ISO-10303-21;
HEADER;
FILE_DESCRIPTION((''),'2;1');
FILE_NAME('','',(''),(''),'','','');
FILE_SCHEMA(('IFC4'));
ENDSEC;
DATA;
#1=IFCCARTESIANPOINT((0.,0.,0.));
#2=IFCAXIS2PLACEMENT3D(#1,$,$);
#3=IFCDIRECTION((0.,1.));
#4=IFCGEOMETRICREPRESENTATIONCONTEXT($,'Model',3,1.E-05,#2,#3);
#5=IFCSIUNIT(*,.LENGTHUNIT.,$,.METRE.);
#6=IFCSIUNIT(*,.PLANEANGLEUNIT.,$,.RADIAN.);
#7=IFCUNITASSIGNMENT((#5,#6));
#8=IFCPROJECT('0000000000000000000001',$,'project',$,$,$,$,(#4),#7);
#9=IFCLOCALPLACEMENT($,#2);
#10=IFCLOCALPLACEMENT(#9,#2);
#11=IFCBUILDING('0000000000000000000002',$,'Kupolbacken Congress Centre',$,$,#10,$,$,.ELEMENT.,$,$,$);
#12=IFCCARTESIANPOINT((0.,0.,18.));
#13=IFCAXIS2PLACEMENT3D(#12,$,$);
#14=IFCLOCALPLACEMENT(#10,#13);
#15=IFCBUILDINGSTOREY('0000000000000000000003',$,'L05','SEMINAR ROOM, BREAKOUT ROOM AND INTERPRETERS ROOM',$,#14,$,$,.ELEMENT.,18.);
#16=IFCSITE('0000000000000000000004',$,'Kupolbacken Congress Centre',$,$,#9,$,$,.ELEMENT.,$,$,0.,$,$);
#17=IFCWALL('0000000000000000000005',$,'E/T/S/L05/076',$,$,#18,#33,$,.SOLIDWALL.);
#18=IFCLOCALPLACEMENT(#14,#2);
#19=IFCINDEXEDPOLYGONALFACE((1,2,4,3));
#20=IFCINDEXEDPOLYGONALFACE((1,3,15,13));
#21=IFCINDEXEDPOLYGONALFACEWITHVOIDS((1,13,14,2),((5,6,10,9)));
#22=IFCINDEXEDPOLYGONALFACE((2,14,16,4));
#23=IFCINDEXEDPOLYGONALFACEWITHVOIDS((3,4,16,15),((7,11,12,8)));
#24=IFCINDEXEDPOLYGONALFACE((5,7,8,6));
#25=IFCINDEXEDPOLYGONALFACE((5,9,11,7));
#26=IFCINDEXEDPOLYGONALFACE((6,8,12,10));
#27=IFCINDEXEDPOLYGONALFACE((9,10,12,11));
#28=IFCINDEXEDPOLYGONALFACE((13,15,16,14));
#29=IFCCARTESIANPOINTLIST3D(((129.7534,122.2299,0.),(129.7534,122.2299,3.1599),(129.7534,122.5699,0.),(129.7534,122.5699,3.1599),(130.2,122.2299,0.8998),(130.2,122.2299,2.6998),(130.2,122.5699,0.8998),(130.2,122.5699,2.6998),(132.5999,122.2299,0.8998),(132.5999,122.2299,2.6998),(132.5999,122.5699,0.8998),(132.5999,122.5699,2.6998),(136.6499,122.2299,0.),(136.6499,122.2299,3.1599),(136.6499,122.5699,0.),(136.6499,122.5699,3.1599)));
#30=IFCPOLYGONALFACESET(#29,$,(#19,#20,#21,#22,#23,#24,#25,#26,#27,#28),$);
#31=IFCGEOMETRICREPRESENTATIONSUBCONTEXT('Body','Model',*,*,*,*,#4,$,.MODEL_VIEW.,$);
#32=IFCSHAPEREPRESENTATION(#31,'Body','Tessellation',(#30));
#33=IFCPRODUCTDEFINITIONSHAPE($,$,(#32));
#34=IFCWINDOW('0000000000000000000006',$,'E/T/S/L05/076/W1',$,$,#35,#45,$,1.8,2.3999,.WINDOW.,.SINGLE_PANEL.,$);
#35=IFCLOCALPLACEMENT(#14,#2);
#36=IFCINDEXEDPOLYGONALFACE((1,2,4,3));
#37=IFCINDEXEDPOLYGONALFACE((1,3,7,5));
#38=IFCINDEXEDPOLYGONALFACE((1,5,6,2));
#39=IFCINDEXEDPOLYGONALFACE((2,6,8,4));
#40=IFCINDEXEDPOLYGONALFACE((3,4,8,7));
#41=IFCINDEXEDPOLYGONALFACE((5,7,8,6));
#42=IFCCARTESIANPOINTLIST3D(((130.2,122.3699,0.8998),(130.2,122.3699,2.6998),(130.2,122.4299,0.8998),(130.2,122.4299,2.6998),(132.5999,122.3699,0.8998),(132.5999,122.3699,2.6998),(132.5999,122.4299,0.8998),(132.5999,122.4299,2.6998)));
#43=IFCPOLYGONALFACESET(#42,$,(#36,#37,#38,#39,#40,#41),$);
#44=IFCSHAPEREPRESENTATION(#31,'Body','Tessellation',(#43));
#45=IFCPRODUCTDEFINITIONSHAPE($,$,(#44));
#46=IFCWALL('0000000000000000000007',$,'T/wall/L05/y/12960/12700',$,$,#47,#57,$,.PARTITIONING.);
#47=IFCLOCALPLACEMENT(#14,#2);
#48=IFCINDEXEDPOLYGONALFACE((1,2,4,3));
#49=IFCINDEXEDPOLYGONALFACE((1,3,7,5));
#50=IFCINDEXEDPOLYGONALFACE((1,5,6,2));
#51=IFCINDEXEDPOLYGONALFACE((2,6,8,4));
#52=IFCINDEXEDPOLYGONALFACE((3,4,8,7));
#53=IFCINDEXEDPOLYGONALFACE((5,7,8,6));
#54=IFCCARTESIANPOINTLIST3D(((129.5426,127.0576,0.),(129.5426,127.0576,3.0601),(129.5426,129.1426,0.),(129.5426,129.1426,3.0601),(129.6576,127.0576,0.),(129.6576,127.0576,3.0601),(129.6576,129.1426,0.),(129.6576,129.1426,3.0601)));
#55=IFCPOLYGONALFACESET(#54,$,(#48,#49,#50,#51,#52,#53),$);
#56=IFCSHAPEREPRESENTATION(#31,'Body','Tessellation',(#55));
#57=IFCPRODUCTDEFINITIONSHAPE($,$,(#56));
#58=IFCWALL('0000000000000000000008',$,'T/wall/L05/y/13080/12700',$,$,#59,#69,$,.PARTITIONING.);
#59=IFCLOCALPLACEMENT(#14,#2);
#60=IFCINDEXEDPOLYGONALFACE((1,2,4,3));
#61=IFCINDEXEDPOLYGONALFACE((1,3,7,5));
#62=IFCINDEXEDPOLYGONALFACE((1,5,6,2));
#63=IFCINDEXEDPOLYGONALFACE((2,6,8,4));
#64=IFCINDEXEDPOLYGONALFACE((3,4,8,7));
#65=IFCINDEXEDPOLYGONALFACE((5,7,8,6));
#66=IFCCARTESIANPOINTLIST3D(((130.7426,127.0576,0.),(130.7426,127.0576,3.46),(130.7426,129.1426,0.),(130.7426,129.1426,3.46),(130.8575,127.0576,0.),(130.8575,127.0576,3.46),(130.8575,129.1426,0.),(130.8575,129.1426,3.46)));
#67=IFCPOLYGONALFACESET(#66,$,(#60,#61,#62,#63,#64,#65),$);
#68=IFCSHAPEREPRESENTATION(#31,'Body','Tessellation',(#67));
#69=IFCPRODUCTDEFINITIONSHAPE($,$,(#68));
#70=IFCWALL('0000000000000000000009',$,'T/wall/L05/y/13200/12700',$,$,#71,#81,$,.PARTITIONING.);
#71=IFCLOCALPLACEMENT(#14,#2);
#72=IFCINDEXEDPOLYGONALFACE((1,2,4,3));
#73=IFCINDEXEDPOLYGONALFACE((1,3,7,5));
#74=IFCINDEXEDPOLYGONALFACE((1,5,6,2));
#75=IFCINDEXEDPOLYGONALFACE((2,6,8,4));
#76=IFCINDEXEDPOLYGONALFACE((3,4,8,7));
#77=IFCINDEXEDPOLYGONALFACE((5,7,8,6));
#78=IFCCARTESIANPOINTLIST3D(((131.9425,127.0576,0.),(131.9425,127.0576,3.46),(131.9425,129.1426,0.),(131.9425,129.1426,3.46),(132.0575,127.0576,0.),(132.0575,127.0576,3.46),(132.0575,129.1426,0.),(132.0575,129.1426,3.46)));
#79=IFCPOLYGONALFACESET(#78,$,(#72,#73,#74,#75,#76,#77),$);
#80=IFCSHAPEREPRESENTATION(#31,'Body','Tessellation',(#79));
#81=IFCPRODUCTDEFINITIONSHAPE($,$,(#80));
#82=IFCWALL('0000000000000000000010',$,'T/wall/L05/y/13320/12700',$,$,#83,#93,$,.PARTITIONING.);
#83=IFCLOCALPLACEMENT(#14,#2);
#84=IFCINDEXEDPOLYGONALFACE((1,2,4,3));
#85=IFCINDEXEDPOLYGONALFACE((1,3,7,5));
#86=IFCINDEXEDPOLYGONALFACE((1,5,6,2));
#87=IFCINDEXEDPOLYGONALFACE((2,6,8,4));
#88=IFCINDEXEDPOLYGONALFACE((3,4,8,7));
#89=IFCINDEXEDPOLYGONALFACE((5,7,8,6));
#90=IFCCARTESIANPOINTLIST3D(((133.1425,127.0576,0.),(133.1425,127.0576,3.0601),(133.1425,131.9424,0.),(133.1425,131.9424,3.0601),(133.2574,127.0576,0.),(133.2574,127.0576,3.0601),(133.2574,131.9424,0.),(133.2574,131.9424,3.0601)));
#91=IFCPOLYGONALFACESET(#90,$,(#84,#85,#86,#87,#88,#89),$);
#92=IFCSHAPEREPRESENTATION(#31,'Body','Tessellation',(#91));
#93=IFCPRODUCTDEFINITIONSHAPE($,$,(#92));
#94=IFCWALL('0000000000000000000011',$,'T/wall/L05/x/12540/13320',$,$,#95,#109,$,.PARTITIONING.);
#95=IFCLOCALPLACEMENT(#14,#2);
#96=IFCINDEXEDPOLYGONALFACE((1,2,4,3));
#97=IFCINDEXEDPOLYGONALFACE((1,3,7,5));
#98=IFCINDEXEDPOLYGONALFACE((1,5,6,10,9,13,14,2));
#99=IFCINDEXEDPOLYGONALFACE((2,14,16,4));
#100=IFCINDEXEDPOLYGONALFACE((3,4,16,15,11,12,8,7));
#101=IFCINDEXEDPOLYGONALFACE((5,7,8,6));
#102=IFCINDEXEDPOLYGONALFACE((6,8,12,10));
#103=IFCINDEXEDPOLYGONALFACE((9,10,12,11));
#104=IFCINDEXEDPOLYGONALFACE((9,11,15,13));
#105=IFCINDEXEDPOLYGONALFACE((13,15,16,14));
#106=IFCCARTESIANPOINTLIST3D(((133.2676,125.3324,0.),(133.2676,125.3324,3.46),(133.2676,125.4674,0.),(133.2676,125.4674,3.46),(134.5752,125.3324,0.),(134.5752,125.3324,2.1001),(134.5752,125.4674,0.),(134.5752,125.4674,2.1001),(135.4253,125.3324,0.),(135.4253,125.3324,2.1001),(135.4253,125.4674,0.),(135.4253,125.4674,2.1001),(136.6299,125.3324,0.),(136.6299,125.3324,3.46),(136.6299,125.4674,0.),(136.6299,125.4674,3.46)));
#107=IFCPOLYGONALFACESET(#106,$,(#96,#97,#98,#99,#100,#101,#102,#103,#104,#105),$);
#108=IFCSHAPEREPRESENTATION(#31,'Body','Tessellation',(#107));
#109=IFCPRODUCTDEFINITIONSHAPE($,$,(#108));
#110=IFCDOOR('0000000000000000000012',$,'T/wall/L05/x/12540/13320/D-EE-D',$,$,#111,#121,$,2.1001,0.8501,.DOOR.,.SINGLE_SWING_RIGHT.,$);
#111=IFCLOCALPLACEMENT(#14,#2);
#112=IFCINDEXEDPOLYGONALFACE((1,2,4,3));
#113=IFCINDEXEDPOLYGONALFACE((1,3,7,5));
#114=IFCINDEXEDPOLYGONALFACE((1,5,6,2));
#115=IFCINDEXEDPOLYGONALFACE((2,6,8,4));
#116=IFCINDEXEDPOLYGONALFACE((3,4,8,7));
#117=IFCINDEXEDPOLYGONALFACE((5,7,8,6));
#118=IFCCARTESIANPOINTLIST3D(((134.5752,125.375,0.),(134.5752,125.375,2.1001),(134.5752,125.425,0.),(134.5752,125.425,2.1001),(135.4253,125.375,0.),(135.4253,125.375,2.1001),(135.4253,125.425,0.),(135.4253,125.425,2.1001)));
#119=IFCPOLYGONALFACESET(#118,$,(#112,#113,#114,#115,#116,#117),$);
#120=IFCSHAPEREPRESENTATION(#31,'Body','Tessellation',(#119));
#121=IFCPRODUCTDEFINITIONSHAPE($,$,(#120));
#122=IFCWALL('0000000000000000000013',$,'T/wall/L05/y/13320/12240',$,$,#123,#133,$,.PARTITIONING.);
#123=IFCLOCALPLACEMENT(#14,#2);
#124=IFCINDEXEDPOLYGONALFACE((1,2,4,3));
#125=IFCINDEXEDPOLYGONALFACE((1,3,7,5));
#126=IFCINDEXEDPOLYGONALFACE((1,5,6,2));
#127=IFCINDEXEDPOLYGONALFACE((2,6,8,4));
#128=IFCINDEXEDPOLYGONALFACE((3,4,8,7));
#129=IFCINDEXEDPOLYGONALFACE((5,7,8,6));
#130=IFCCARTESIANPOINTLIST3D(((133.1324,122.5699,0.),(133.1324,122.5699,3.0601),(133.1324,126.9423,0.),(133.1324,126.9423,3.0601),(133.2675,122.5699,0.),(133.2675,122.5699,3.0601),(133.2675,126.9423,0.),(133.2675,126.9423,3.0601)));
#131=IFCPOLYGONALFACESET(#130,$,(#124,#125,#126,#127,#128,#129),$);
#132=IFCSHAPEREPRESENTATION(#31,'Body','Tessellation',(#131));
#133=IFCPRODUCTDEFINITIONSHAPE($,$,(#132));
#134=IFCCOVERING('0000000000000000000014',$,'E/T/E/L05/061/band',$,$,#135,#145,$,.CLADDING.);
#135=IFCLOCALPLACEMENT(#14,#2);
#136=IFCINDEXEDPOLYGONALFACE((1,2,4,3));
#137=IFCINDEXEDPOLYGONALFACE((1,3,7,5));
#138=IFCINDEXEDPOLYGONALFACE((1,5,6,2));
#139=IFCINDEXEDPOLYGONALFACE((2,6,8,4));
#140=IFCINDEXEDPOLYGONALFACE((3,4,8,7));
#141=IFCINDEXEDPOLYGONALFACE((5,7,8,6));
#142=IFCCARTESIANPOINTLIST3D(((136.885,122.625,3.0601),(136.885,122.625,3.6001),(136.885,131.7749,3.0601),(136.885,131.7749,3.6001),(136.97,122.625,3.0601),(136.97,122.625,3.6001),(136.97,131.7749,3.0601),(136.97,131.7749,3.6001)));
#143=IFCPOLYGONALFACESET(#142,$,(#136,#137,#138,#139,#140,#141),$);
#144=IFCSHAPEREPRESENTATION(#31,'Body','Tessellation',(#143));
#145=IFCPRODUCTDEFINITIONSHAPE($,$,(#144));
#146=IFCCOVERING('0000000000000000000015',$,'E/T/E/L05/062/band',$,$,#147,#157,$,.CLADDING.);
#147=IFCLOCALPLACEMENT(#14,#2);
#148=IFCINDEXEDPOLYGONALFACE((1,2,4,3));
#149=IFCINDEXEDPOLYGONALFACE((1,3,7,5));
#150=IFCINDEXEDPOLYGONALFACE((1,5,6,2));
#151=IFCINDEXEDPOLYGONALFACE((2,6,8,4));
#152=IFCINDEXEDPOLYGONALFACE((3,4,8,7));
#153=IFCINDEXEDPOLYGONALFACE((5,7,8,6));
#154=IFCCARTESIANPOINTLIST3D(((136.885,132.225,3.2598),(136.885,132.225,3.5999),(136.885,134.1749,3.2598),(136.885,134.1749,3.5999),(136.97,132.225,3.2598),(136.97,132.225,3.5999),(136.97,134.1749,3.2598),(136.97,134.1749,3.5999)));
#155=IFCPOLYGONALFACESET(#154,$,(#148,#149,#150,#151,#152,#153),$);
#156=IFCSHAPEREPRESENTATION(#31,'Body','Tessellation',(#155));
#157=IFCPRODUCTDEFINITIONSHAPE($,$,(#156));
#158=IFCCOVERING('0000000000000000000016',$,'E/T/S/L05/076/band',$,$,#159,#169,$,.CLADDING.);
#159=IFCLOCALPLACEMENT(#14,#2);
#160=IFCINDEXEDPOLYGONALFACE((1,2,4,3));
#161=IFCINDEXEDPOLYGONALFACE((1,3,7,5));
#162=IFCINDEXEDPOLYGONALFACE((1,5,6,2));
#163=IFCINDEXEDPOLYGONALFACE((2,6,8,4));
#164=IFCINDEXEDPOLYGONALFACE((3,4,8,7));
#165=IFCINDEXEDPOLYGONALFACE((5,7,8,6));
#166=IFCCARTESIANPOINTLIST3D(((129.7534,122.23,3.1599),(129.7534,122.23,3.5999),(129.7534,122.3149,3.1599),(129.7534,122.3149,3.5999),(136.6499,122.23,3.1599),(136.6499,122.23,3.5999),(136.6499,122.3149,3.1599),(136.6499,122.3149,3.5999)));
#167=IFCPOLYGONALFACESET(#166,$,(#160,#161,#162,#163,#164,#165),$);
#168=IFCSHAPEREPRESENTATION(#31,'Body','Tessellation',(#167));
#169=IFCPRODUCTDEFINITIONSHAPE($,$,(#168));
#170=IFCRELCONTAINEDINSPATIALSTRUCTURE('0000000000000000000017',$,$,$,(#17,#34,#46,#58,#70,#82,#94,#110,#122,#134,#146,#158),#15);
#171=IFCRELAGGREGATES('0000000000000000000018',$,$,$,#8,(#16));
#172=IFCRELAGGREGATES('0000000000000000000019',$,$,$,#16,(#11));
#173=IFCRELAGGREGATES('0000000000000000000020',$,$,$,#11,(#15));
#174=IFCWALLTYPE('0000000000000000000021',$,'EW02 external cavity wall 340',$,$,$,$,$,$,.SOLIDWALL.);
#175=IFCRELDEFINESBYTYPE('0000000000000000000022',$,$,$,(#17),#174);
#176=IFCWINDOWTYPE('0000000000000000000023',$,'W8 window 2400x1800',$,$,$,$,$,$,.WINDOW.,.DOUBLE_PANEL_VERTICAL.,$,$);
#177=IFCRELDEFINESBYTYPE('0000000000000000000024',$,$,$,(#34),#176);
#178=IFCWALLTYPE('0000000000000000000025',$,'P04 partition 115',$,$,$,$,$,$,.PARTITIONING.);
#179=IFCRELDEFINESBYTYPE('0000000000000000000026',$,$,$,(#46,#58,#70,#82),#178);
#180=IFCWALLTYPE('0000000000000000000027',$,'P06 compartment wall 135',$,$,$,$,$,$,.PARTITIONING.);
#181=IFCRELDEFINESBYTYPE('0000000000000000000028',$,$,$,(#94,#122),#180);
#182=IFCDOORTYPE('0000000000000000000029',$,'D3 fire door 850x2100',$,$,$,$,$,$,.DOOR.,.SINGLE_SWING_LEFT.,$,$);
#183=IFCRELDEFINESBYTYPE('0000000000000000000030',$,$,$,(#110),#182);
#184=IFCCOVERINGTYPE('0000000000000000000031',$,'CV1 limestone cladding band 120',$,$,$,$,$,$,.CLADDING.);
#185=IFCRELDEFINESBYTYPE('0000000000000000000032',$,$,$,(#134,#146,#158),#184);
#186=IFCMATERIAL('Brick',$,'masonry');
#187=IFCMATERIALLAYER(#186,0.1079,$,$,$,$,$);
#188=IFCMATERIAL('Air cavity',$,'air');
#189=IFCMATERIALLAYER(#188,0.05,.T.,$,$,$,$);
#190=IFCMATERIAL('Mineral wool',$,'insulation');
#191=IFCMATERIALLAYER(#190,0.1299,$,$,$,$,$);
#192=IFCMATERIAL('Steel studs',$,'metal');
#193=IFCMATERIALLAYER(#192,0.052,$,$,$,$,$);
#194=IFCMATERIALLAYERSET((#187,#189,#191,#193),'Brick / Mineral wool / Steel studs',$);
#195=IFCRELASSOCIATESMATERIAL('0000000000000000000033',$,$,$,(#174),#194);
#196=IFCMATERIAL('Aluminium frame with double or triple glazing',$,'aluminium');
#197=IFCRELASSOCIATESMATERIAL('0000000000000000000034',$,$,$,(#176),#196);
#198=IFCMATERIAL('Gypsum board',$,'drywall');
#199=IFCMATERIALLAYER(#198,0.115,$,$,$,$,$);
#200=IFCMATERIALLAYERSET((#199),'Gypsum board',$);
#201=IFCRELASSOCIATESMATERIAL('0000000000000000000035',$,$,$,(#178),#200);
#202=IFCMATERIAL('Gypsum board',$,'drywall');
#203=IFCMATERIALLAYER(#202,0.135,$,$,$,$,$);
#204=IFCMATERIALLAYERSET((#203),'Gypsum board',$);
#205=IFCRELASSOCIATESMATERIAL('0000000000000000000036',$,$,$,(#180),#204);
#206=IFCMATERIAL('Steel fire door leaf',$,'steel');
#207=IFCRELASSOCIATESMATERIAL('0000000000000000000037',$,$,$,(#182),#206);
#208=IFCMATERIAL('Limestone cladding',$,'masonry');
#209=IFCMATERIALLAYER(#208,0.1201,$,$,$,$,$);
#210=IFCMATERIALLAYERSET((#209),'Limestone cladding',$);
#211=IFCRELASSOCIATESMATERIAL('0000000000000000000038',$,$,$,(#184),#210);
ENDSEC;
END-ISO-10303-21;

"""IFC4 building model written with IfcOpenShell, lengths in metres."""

from ifc_helpers import new_model, si_unit, direction, frame, frame_2d, origin, origin_2d, place, context, subcontext, project, spatial, rectangle, extrude, material, layer, layer_set, type_object, element, fill, save


model = new_model("IFC4")

# Units and contexts
model_context = context("Model", 3, precision=1e-05, world=origin(), true_north=direction((0.0, 1.0)))
body_context = subcontext(model_context, "Body", "Model", "MODEL_VIEW")
ifc_project = project(units=[si_unit("LENGTHUNIT", "METRE"), si_unit("PLANEANGLEUNIT", "RADIAN")], contexts=[model_context])

# Site, building, storey
site_placement = place(None, origin())
site = spatial("IfcSite", under=ifc_project, at=site_placement, Name="Kupolbacken Congress Centre", CompositionType="ELEMENT", RefElevation=0.0)
building_placement = place(site_placement, origin())
building = spatial("IfcBuilding", under=site, at=building_placement, Name="Kupolbacken Congress Centre", CompositionType="ELEMENT")
storey_placement = place(building_placement, frame((0.0, 0.0, 18.0)))
storey = spatial("IfcBuildingStorey", under=building, at=storey_placement, Name="L05", Description="SEMINAR ROOM, BREAKOUT ROOM AND INTERPRETERS ROOM", CompositionType="ELEMENT", Elevation=18.0)

# Shared definitions
ifc_material_1 = material(Name="Brick", Category="masonry")
ifc_layer_1 = layer(ifc_material_1, 0.1079)
ifc_material_2 = material(Name="Air cavity", Category="air")
ifc_layer_2 = layer(ifc_material_2, 0.05, ventilated=True)
ifc_material_3 = material(Name="Mineral wool", Category="insulation")
ifc_layer_3 = layer(ifc_material_3, 0.1299)
ifc_material_4 = material(Name="Steel studs", Category="metal")
ifc_layer_4 = layer(ifc_material_4, 0.052)
ifc_layer_set_1 = layer_set([ifc_layer_1, ifc_layer_2, ifc_layer_3, ifc_layer_4], Name="Brick / Mineral wool / Steel studs")
wall_type_1 = type_object("IfcWallType", Name="EW02 external cavity wall 340", PredefinedType="SOLIDWALL", material=ifc_layer_set_1)

# Wall, opening, window
wall_1_placement = place(storey_placement, frame((129.7534, 122.3999, 0.0), z_axis=(0.0, 0.0, 1.0), x_axis=(1.0, 0.0, 0.0)))
wall_1 = element("IfcWall", 1, at=wall_1_placement, inside=storey, type_object=wall_type_1, Name="E/T/S/L05/076", PredefinedType="SOLIDWALL", context=body_context, shape_type="SweptSolid", body=[
    extrude(rectangle(XDim=6.8965, YDim=0.3401, at=frame_2d((3.4482, 0.0))), origin(), (0.0, 0.0, 1.0), 3.1599),
])
opening_1_placement = place(wall_1_placement, frame((0.4465, 0.0, 0.8999)))
opening_1 = element("IfcOpeningElement", 2, at=opening_1_placement, cuts=wall_1, PredefinedType="OPENING", context=body_context, shape_type="SweptSolid", body=[
    extrude(rectangle(XDim=2.3999, YDim=1.8, at=frame_2d((1.2, 0.8999))), frame((0.0, 0.1799, 0.0), z_axis=(0.0, -1.0, 0.0), x_axis=(1.0, 0.0, 0.0)), (0.0, 0.0, 1.0), 0.3601),
])
ifc_material_5 = material(Name="Aluminium frame with double or triple glazing", Category="aluminium")
window_type = type_object("IfcWindowType", Name="W8 window 2400x1800", PartitioningType="DOUBLE_PANEL_VERTICAL", PredefinedType="WINDOW", material=ifc_material_5)
window_placement = place(opening_1_placement, origin())
window = element("IfcWindow", 3, at=window_placement, inside=storey, type_object=window_type, Name="E/T/S/L05/076/W1", OverallHeight=1.8, OverallWidth=2.3999, PartitioningType="SINGLE_PANEL", PredefinedType="WINDOW", context=body_context, shape_type="SweptSolid", body=[
    extrude(rectangle(XDim=2.3999, YDim=1.8, at=frame_2d((1.2, 0.8999))), frame((0.0, 0.03, 0.0), z_axis=(0.0, -1.0, 0.0), x_axis=(1.0, 0.0, 0.0)), (0.0, 0.0, 1.0), 0.0601),
])
fill(opening_1, window)

# Walls
ifc_material_6 = material(Name="Gypsum board", Category="drywall")
ifc_layer_5 = layer(ifc_material_6, 0.115)
ifc_layer_set_2 = layer_set([ifc_layer_5], Name="Gypsum board")
wall_type_2 = type_object("IfcWallType", Name="P04 partition 115", PredefinedType="PARTITIONING", material=ifc_layer_set_2)
wall_2_placement = place(storey_placement, frame((129.6001, 127.0576, 0.0), z_axis=(0.0, 0.0, 1.0), x_axis=(0.0, 1.0, 0.0)))
element("IfcWall", 4, at=wall_2_placement, inside=storey, type_object=wall_type_2, Name="T/wall/L05/y/12960/12700", PredefinedType="PARTITIONING", context=body_context, shape_type="SweptSolid", body=[
    extrude(rectangle(XDim=2.085, YDim=0.115, at=frame_2d((1.0425, 0.0))), origin(), (0.0, 0.0, 1.0), 3.0601),
])
for number, where, z_axis, x_axis, name in (
    (5, (130.8, 127.0576, 0.0), (0.0, 0.0, 1.0), (0.0, 1.0, 0.0), "T/wall/L05/y/13080/12700"),
    (6, (132.0, 127.0576, 0.0), (0.0, 0.0, 1.0), (0.0, 1.0, 0.0), "T/wall/L05/y/13200/12700"),
):
    element("IfcWall", number, at=place(storey_placement, frame(where, z_axis=z_axis, x_axis=x_axis)), inside=storey, type_object=wall_type_2, Name=name, PredefinedType="PARTITIONING", context=body_context, shape_type="SweptSolid", body=[
        extrude(rectangle(XDim=2.085, YDim=0.115, at=frame_2d((1.0425, 0.0))), origin(), (0.0, 0.0, 1.0), 3.46),
    ])
wall_3_placement = place(storey_placement, frame((133.2, 127.0576, 0.0), z_axis=(0.0, 0.0, 1.0), x_axis=(0.0, 1.0, 0.0)))
element("IfcWall", 7, at=wall_3_placement, inside=storey, type_object=wall_type_2, Name="T/wall/L05/y/13320/12700", PredefinedType="PARTITIONING", context=body_context, shape_type="SweptSolid", body=[
    extrude(rectangle(XDim=4.8848, YDim=0.115, at=frame_2d((2.4424, 0.0))), origin(), (0.0, 0.0, 1.0), 3.0601),
])

# Wall, opening, door
ifc_material_7 = material(Name="Gypsum board", Category="drywall")
ifc_layer_6 = layer(ifc_material_7, 0.135)
ifc_layer_set_3 = layer_set([ifc_layer_6], Name="Gypsum board")
wall_type_3 = type_object("IfcWallType", Name="P06 compartment wall 135", PredefinedType="PARTITIONING", material=ifc_layer_set_3)
wall_4_placement = place(storey_placement, frame((133.2676, 125.3999, 0.0), z_axis=(0.0, 0.0, 1.0), x_axis=(1.0, 0.0, 0.0)))
wall_4 = element("IfcWall", 8, at=wall_4_placement, inside=storey, type_object=wall_type_3, Name="T/wall/L05/x/12540/13320", PredefinedType="PARTITIONING", context=body_context, shape_type="SweptSolid", body=[
    extrude(rectangle(XDim=3.3623, YDim=0.135, at=frame_2d((1.6812, 0.0))), origin(), (0.0, 0.0, 1.0), 3.46),
])
opening_2_placement = place(wall_4_placement, frame((1.3076, 0.0, 0.0)))
opening_2 = element("IfcOpeningElement", 9, at=opening_2_placement, cuts=wall_4, PredefinedType="OPENING", context=body_context, shape_type="SweptSolid", body=[
    extrude(rectangle(XDim=0.8501, YDim=2.1001, at=frame_2d((0.425, 1.05))), frame((0.0, 0.0774, 0.0), z_axis=(0.0, -1.0, 0.0), x_axis=(1.0, 0.0, 0.0)), (0.0, 0.0, 1.0), 0.155),
])
ifc_material_8 = material(Name="Steel fire door leaf", Category="steel")
door_type_1 = type_object("IfcDoorType", Name="D3 fire door 850x2100", OperationType="SINGLE_SWING_LEFT", PredefinedType="DOOR", material=ifc_material_8)
door_1_placement = place(opening_2_placement, frame((0.8501, 0.0, 0.0), z_axis=(0.0, 0.0, 1.0), x_axis=(-1.0, 0.0, 0.0)))
door_1 = element("IfcDoor", 10, at=door_1_placement, inside=storey, type_object=door_type_1, Name="T/wall/L05/x/12540/13320/D-EE-D", OperationType="SINGLE_SWING_RIGHT", OverallHeight=2.1001, OverallWidth=0.8501, PredefinedType="DOOR", context=body_context, shape_type="SweptSolid", body=[
    extrude(rectangle(XDim=0.8501, YDim=2.1001, at=frame_2d((0.425, 1.05))), frame((0.0, 0.0249, 0.0), z_axis=(0.0, -1.0, 0.0), x_axis=(1.0, 0.0, 0.0)), (0.0, 0.0, 1.0), 0.05),
])
fill(opening_2, door_1)

# Wall
wall_5_placement = place(storey_placement, frame((133.2, 122.5701, 0.0), z_axis=(0.0, 0.0, 1.0), x_axis=(0.0, 1.0, 0.0)))
element("IfcWall", 11, at=wall_5_placement, inside=storey, type_object=wall_type_3, Name="T/wall/L05/y/13320/12240", PredefinedType="PARTITIONING", context=body_context, shape_type="SweptSolid", body=[
    extrude(rectangle(XDim=4.3723, YDim=0.135, at=frame_2d((2.186, 0.0))), origin(), (0.0, 0.0, 1.0), 3.0601),
])

# Coverings
ifc_material_9 = material(Name="Limestone cladding", Category="masonry")
ifc_layer_7 = layer(ifc_material_9, 0.1201)
ifc_layer_set_4 = layer_set([ifc_layer_7], Name="Limestone cladding")
covering_type_1 = type_object("IfcCoveringType", Name="CV1 limestone cladding band 120", PredefinedType="CLADDING", material=ifc_layer_set_4)
covering_1_placement = place(storey_placement, frame((136.9275, 127.2, 3.0601), z_axis=(0.0, 0.0, 1.0), x_axis=(0.0, 1.0, 0.0)))
element("IfcCovering", 12, at=covering_1_placement, inside=storey, type_object=covering_type_1, Name="E/T/E/L05/061/band", PredefinedType="CLADDING", context=body_context, shape_type="SweptSolid", body=[
    extrude(rectangle(XDim=9.1499, YDim=0.085, at=origin_2d()), origin(), (0.0, 0.0, 1.0), 0.54),
])
covering_2_placement = place(storey_placement, frame((136.9275, 133.2, 3.2598), z_axis=(0.0, 0.0, 1.0), x_axis=(0.0, 1.0, 0.0)))
element("IfcCovering", 13, at=covering_2_placement, inside=storey, type_object=covering_type_1, Name="E/T/E/L05/062/band", PredefinedType="CLADDING", context=body_context, shape_type="SweptSolid", body=[
    extrude(rectangle(XDim=1.95, YDim=0.085, at=origin_2d()), origin(), (0.0, 0.0, 1.0), 0.3401),
])
covering_3_placement = place(storey_placement, frame((133.2017, 122.2725, 3.1599), z_axis=(0.0, 0.0, 1.0), x_axis=(1.0, 0.0, 0.0)))
element("IfcCovering", 14, at=covering_3_placement, inside=storey, type_object=covering_type_1, Name="E/T/S/L05/076/band", PredefinedType="CLADDING", context=body_context, shape_type="SweptSolid", body=[
    extrude(rectangle(XDim=6.8965, YDim=0.085, at=origin_2d()), origin(), (0.0, 0.0, 1.0), 0.4399),
])

save(model, "model.ifc")
